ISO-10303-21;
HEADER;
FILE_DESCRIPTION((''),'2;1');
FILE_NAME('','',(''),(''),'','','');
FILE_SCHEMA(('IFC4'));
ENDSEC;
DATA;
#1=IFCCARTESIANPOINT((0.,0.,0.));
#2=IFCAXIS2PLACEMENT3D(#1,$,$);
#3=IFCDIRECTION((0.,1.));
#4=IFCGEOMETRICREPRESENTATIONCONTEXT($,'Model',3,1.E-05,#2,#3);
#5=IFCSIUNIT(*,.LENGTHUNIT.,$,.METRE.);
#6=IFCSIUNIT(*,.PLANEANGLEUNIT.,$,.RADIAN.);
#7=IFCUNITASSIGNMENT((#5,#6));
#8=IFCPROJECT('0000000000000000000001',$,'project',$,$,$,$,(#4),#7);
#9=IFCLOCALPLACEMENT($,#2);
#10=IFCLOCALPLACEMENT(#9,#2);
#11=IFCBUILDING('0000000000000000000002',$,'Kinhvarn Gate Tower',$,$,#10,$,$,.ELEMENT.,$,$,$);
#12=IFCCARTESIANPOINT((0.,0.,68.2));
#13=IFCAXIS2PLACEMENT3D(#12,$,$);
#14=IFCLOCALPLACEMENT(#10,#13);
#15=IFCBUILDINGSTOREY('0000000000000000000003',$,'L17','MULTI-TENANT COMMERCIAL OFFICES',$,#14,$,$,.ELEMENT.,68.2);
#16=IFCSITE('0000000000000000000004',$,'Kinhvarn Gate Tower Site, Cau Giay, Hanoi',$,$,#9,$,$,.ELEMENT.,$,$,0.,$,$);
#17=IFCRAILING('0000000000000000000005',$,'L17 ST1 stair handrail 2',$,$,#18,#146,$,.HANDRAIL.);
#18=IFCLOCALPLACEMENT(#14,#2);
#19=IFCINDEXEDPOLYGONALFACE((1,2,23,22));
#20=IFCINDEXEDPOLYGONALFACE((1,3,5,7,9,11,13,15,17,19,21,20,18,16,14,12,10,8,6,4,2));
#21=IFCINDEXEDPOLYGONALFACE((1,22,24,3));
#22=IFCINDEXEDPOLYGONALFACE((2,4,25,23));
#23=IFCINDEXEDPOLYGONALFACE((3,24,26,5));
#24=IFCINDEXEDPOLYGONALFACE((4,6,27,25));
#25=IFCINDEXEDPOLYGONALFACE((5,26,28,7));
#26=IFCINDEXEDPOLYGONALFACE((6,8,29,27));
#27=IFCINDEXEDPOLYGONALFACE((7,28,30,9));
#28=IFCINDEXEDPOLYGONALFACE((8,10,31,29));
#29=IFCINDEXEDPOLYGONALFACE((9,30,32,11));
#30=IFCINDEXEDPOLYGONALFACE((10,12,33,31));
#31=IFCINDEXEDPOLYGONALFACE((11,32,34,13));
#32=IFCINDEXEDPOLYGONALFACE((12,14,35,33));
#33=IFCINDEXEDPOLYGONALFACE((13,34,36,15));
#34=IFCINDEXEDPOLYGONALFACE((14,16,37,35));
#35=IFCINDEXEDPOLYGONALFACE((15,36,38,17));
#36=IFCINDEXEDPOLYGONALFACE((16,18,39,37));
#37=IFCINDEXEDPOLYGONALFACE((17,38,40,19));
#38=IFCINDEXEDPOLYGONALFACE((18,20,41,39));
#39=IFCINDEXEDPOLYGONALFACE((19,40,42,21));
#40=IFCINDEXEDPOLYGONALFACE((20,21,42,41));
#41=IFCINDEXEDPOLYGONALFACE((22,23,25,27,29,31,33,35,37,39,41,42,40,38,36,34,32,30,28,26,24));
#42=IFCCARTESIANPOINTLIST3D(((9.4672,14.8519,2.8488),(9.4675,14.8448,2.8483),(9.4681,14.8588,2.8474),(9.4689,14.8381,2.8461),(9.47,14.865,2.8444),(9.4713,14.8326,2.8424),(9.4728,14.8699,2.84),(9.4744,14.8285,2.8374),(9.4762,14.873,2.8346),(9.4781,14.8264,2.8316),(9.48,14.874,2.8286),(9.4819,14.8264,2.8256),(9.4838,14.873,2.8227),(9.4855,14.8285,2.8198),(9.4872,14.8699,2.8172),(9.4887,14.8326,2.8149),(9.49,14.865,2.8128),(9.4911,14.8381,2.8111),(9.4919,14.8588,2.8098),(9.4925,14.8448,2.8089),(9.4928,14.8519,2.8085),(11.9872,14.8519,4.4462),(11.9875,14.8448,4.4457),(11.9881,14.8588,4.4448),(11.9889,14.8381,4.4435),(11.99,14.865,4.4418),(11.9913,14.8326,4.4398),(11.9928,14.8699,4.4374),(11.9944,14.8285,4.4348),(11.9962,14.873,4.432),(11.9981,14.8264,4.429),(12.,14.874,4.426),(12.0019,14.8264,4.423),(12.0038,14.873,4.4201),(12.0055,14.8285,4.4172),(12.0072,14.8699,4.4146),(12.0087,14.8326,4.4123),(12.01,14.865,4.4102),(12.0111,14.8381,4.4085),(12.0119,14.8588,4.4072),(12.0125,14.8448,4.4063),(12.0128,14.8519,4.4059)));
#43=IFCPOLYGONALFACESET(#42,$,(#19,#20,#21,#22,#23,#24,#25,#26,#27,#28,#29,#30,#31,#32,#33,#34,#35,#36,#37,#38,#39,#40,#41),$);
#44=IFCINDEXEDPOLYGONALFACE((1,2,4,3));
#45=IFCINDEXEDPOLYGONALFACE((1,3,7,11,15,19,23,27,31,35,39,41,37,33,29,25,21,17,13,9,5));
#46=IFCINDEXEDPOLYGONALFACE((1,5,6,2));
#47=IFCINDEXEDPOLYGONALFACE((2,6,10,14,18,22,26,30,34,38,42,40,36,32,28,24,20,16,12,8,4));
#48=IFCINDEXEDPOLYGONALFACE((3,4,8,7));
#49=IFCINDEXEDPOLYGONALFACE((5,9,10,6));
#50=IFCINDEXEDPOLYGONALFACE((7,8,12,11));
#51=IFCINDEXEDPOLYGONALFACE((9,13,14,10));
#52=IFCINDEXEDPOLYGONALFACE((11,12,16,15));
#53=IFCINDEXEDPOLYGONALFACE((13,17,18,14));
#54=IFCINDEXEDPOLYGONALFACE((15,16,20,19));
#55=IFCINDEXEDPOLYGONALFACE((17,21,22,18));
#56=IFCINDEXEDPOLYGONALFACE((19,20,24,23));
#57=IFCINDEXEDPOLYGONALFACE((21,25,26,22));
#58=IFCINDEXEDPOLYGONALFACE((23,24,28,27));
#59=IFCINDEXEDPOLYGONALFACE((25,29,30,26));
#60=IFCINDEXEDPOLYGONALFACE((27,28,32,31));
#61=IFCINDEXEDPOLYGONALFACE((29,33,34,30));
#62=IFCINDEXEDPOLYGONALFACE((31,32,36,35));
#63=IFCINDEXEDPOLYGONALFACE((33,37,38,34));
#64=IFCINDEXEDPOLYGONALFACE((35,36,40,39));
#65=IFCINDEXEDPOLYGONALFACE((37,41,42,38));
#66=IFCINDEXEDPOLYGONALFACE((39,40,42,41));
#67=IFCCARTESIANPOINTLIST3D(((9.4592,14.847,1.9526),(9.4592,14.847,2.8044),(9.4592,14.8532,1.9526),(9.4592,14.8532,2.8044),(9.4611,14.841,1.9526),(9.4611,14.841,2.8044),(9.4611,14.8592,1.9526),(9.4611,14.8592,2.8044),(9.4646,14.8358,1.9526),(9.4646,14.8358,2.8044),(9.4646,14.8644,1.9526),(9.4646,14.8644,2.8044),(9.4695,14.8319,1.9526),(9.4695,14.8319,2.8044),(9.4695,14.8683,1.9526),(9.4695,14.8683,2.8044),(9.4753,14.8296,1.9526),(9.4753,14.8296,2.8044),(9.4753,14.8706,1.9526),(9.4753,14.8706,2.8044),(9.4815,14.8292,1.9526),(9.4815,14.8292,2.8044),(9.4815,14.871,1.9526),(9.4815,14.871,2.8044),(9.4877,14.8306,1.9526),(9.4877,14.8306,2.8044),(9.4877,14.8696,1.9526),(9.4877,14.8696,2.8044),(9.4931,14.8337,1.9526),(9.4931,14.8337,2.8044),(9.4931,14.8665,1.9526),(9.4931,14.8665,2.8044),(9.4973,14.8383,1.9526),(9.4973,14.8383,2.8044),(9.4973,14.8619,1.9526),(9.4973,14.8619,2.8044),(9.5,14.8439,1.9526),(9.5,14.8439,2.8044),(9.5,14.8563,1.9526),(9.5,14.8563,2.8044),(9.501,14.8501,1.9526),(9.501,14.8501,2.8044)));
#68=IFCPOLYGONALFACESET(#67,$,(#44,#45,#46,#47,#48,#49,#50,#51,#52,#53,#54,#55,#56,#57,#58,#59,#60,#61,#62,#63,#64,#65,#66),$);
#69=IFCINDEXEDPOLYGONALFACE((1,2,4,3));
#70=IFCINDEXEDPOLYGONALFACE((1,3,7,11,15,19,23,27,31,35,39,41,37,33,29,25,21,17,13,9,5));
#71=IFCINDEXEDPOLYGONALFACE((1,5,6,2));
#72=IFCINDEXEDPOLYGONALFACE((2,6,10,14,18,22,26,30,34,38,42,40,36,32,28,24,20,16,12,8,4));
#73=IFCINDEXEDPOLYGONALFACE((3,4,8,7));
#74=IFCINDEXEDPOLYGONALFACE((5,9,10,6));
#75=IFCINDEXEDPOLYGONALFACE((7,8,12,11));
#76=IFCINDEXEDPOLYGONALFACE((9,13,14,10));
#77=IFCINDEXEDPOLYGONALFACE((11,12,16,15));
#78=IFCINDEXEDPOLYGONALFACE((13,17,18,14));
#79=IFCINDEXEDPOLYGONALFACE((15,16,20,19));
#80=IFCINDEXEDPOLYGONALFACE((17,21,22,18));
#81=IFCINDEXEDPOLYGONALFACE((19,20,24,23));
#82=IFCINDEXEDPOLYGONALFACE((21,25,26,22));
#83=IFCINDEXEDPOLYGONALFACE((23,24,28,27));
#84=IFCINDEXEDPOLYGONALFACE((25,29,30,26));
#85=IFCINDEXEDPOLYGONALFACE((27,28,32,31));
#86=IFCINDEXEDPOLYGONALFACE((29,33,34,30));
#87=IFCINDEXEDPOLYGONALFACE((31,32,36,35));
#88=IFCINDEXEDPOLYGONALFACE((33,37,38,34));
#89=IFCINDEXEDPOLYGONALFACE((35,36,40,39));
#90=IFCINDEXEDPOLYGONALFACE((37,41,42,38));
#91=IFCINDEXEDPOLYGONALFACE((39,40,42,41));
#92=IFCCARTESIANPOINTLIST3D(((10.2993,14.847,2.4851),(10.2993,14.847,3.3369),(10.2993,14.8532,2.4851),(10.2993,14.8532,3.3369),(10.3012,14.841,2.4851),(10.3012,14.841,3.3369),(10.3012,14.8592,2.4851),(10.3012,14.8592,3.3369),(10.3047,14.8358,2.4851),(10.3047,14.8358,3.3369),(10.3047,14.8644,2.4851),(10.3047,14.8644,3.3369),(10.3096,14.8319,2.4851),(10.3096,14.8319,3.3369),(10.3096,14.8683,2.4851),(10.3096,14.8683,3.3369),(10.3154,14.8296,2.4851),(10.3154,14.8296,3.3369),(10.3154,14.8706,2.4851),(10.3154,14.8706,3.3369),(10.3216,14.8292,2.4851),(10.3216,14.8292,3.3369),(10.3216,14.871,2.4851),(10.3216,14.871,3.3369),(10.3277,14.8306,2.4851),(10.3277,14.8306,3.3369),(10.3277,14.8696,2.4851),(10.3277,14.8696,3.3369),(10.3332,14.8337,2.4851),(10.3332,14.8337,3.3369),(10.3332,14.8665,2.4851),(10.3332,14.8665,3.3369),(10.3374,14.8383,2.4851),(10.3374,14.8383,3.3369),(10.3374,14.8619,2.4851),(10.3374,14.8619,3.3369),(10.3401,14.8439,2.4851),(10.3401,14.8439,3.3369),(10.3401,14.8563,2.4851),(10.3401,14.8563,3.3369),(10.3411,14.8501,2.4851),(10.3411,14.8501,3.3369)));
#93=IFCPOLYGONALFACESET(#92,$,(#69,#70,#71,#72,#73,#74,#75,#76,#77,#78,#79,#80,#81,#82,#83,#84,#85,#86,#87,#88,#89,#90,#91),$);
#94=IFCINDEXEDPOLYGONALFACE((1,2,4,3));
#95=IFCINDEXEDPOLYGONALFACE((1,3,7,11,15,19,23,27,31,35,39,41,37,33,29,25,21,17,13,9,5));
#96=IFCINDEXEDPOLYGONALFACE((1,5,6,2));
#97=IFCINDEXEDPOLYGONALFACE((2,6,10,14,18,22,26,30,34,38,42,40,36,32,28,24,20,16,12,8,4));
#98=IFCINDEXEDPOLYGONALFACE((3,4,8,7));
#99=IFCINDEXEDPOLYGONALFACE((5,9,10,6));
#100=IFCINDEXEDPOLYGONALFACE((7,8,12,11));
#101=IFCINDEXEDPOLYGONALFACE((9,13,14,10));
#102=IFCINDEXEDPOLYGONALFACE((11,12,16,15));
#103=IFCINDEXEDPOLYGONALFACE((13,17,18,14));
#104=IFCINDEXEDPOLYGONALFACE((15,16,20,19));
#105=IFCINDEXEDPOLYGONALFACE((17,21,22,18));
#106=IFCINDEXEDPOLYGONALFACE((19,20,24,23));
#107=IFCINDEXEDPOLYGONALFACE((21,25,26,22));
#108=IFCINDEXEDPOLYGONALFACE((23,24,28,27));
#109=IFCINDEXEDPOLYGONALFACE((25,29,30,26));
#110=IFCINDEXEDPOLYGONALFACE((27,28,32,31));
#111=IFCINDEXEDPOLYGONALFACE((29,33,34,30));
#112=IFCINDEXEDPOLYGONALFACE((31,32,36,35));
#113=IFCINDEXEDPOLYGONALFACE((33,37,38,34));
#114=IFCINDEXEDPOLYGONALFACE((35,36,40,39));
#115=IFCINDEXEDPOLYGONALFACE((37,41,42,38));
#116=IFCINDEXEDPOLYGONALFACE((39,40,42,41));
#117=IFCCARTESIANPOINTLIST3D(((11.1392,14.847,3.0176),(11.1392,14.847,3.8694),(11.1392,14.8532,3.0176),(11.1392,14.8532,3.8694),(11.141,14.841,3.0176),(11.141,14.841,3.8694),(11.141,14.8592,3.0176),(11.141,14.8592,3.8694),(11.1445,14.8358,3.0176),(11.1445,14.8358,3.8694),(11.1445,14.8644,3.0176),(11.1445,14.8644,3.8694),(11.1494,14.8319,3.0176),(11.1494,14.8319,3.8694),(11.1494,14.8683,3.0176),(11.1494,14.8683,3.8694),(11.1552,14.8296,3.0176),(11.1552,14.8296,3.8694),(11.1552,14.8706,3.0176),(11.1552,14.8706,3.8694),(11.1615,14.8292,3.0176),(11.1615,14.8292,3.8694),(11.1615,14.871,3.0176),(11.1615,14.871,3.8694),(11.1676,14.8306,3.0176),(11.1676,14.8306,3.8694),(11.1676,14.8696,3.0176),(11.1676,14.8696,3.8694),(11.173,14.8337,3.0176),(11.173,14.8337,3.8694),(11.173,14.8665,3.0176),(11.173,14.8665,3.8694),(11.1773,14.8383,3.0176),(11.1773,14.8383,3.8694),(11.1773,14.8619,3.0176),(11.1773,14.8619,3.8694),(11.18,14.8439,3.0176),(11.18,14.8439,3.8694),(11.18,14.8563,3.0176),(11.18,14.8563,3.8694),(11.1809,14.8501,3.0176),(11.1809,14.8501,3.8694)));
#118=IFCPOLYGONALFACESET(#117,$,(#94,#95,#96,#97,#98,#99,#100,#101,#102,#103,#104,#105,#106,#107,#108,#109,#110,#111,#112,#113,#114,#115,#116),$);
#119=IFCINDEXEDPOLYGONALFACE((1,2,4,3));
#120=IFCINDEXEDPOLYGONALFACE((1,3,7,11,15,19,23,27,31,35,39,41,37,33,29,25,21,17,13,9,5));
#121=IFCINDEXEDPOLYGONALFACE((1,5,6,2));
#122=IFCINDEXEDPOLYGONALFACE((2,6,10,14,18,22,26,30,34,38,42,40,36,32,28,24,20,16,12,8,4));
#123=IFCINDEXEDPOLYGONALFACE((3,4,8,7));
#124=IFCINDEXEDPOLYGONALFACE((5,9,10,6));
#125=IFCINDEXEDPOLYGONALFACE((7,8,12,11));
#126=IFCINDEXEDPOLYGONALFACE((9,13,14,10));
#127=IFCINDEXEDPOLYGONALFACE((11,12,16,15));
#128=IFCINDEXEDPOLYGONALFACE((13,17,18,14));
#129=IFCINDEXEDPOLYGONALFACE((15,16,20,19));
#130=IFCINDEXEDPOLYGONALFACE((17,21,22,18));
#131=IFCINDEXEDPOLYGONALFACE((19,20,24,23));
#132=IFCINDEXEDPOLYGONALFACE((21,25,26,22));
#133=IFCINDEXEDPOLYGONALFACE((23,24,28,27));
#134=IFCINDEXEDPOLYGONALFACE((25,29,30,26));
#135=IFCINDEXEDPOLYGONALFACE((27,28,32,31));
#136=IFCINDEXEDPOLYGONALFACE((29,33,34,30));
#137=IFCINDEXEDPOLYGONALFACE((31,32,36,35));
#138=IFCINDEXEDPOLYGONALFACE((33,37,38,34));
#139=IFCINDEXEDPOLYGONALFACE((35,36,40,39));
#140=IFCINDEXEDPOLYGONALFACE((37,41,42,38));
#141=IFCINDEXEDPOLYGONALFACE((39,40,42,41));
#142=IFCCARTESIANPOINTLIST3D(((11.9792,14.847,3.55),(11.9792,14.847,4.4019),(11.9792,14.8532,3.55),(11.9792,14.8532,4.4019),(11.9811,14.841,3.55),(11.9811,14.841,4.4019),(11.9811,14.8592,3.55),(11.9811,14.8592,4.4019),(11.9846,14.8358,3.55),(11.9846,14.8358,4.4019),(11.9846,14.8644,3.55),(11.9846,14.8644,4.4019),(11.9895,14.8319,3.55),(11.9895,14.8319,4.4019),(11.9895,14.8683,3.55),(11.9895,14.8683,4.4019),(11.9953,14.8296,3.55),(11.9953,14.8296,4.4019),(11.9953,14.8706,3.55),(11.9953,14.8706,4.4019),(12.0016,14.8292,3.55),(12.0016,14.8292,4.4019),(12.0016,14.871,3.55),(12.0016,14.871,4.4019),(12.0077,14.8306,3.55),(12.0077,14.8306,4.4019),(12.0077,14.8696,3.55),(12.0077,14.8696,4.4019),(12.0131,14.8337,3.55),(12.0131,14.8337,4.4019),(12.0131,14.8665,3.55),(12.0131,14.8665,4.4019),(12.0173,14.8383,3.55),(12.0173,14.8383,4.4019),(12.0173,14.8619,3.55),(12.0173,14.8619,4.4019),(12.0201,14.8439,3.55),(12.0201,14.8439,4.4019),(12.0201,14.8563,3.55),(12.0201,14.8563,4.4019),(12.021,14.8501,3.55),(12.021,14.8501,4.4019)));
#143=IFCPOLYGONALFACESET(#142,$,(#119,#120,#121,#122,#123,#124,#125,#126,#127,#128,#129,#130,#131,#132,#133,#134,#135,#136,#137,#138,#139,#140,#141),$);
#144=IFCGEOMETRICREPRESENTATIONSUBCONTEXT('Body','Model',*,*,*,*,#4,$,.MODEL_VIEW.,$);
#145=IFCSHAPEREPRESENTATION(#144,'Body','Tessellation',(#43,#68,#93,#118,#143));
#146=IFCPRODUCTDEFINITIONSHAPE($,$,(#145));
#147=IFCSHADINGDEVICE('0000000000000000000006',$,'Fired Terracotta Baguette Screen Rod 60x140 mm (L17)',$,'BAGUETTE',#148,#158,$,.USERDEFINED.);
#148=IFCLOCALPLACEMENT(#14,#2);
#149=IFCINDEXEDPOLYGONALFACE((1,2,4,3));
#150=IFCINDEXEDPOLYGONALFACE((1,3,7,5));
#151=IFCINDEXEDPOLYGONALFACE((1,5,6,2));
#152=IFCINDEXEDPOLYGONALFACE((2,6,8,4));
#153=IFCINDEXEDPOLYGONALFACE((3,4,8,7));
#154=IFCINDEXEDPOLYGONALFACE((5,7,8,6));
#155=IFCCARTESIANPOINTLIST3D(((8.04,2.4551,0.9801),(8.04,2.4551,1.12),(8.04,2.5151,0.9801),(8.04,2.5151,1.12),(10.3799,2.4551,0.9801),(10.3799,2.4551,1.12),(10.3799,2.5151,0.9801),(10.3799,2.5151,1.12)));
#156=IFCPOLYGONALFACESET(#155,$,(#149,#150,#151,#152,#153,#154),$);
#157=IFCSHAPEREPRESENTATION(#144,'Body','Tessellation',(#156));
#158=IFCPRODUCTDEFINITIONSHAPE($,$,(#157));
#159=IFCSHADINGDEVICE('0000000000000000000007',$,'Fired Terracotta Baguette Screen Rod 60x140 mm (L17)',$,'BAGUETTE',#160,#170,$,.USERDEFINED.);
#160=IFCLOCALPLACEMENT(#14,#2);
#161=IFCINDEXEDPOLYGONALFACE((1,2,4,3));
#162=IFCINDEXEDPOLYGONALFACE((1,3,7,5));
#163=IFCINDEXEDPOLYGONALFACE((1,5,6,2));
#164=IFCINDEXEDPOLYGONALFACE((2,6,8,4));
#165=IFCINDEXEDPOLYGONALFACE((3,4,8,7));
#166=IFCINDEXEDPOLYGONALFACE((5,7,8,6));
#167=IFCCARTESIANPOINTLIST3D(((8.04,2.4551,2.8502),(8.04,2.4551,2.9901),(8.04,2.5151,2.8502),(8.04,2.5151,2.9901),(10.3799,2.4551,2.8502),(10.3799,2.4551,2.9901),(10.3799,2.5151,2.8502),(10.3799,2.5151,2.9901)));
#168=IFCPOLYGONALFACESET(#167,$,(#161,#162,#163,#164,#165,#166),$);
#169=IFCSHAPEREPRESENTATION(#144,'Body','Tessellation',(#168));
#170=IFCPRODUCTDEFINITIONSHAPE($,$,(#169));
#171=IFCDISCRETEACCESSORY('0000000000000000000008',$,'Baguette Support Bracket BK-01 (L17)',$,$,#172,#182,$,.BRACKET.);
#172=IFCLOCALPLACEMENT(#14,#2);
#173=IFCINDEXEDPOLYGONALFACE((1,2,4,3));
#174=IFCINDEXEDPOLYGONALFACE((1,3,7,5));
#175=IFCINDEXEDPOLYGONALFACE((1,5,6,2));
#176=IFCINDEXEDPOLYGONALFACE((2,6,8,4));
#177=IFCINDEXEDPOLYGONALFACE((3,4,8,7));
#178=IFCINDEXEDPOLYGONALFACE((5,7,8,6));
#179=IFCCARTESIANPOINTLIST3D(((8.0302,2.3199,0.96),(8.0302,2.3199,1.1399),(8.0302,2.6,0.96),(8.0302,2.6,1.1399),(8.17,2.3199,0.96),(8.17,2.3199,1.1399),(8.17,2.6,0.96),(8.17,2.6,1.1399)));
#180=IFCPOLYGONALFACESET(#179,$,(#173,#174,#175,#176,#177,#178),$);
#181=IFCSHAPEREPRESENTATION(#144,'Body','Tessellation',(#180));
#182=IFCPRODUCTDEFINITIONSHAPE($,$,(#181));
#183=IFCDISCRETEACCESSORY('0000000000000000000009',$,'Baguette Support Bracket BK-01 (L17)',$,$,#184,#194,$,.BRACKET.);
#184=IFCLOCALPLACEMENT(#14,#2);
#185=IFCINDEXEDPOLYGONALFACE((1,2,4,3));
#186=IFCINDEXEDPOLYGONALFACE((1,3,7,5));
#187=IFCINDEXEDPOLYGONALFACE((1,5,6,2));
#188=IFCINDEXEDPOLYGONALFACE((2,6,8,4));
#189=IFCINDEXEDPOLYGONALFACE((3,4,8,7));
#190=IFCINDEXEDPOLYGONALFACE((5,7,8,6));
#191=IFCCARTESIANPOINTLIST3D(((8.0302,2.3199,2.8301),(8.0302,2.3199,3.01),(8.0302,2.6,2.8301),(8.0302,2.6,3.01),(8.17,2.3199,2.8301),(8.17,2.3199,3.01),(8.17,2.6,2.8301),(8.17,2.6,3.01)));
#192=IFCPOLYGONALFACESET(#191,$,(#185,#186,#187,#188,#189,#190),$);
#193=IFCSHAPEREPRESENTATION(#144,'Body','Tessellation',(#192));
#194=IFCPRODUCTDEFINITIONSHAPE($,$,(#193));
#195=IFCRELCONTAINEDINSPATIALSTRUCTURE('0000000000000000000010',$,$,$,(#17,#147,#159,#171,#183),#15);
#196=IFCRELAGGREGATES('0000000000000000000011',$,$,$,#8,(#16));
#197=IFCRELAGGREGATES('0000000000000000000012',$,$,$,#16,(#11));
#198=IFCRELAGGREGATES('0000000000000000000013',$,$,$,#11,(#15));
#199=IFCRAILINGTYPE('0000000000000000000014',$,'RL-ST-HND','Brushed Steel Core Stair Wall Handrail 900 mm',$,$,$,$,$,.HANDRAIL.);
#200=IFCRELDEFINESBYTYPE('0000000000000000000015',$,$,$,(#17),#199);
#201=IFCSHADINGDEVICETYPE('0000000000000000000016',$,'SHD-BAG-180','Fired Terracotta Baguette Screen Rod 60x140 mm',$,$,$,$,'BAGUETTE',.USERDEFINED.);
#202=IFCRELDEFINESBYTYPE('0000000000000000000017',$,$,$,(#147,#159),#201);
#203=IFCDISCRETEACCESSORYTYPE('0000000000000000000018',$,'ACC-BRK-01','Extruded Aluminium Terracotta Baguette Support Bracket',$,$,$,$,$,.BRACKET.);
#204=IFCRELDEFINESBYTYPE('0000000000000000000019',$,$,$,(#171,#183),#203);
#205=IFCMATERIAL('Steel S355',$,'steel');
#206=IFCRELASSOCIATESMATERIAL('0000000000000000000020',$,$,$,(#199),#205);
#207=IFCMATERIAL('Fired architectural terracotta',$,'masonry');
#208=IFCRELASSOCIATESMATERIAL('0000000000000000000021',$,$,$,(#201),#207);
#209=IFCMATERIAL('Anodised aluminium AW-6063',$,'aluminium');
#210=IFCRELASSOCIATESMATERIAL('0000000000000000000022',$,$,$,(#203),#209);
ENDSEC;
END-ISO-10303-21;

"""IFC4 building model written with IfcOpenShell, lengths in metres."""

from ifc_helpers import new_model, si_unit, direction, frame, origin, origin_2d, place, context, subcontext, project, spatial, rectangle, circle, extrude, material, material_profile, profile_set, type_object, element, save


model = new_model("IFC4")

# Units and contexts
model_context = context("Model", 3, precision=1e-05, world=origin(), true_north=direction((0.0, 1.0)))
body_context = subcontext(model_context, "Body", "Model", "MODEL_VIEW")
ifc_project = project(units=[si_unit("LENGTHUNIT", "METRE"), si_unit("PLANEANGLEUNIT", "RADIAN")], contexts=[model_context])

# Site, building, storey
site_placement = place(None, origin())
site = spatial("IfcSite", under=ifc_project, at=site_placement, Name="Kinhvarn Gate Tower Site, Cau Giay, Hanoi", CompositionType="ELEMENT", RefElevation=0.0)
building_placement = place(site_placement, origin())
building = spatial("IfcBuilding", under=site, at=building_placement, Name="Kinhvarn Gate Tower", CompositionType="ELEMENT")
storey_placement = place(building_placement, frame((0.0, 0.0, 68.2)))
storey = spatial("IfcBuildingStorey", under=building, at=storey_placement, Name="L17", Description="MULTI-TENANT COMMERCIAL OFFICES", CompositionType="ELEMENT", Elevation=68.2)

# Shared definitions
ifc_material_1 = material(Name="Anodised aluminium AW-6063", Category="aluminium")

# Shared definitions
ifc_material_2 = material(Name="Steel S355", Category="steel")

# Shared definitions
ifc_material_3 = material(Name="Fired architectural terracotta", Category="masonry")

# Railing
railing_type_1 = type_object("IfcRailingType", Name="RL-ST-HND", Description="Brushed Steel Core Stair Wall Handrail 900 mm", PredefinedType="HANDRAIL", material=ifc_material_2)
railing_1_placement = place(storey_placement, frame((9.48, 14.8501, 1.9526)))
element("IfcRailing", 1, at=railing_1_placement, inside=storey, type_object=railing_type_1, Name="L17 ST1 stair handrail 2", PredefinedType="HANDRAIL", context=body_context, shape_type="SweptSolid", body=[
    extrude(circle(Radius=0.0239, at=origin_2d()), frame((0.0, 0.0, 0.876), z_axis=(0.844607, 0.0, 0.535387), x_axis=(0.0, 1.0, 0.0)), (0.0, 0.0, 1.0), 2.9836),
    extrude(circle(Radius=0.021, at=origin_2d()), origin(), (0.0, 0.0, 1.0), 0.8518),
    extrude(circle(Radius=0.021, at=origin_2d()), frame((0.8401, 0.0, 0.5325)), (0.0, 0.0, 1.0), 0.8518),
    extrude(circle(Radius=0.021, at=origin_2d()), frame((1.6799, 0.0, 1.0649)), (0.0, 0.0, 1.0), 0.8518),
    extrude(circle(Radius=0.021, at=origin_2d()), frame((2.52, 0.0, 1.5974)), (0.0, 0.0, 1.0), 0.8518),
])

# Shading devices
ifc_material_profile_1 = material_profile(ifc_material_3, rectangle(XDim=0.0601, YDim=0.1399, at=origin_2d()), Name="TC 60x140")
ifc_profile_set_1 = profile_set([ifc_material_profile_1], Name="Fired architectural terracotta")
shading_device_type = type_object("IfcShadingDeviceType", Name="SHD-BAG-180", Description="Fired Terracotta Baguette Screen Rod 60x140 mm", ElementType="BAGUETTE", PredefinedType="USERDEFINED", material=ifc_profile_set_1)
for number, where, z_axis, x_axis, name in (
    (2, (8.04, 2.4851, 1.05), (1.0, 0.0, 0.0), (0.0, 1.0, 0.0), "Fired Terracotta Baguette Screen Rod 60x140 mm (L17)"),
    (3, (8.04, 2.4851, 2.9202), (1.0, 0.0, 0.0), (0.0, 1.0, 0.0), "Fired Terracotta Baguette Screen Rod 60x140 mm (L17)"),
):
    element("IfcShadingDevice", number, at=place(storey_placement, frame(where, z_axis=z_axis, x_axis=x_axis)), inside=storey, type_object=shading_device_type, Name=name, ObjectType="BAGUETTE", PredefinedType="USERDEFINED", context=body_context, shape_type="SweptSolid", body=[
        extrude(rectangle(XDim=0.0601, YDim=0.1399, at=origin_2d()), origin(), (0.0, 0.0, 1.0), 2.3398),
    ])

# Discrete accessories
discrete_accessory_type = type_object("IfcDiscreteAccessoryType", Name="ACC-BRK-01", Description="Extruded Aluminium Terracotta Baguette Support Bracket", PredefinedType="BRACKET", material=ifc_material_1)
for number, where, z_axis, x_axis, name in (
    (4, (8.1001, 2.46, 0.96), (0.0, 0.0, 1.0), (1.0, 0.0, 0.0), "Baguette Support Bracket BK-01 (L17)"),
    (5, (8.1001, 2.46, 2.8301), (0.0, 0.0, 1.0), (1.0, 0.0, 0.0), "Baguette Support Bracket BK-01 (L17)"),
):
    element("IfcDiscreteAccessory", number, at=place(storey_placement, frame(where, z_axis=z_axis, x_axis=x_axis)), inside=storey, type_object=discrete_accessory_type, Name=name, PredefinedType="BRACKET", context=body_context, shape_type="SweptSolid", body=[
        extrude(rectangle(XDim=0.1399, YDim=0.28, at=origin_2d()), origin(), (0.0, 0.0, 1.0), 0.1799),
    ])

save(model, "model.ifc")
